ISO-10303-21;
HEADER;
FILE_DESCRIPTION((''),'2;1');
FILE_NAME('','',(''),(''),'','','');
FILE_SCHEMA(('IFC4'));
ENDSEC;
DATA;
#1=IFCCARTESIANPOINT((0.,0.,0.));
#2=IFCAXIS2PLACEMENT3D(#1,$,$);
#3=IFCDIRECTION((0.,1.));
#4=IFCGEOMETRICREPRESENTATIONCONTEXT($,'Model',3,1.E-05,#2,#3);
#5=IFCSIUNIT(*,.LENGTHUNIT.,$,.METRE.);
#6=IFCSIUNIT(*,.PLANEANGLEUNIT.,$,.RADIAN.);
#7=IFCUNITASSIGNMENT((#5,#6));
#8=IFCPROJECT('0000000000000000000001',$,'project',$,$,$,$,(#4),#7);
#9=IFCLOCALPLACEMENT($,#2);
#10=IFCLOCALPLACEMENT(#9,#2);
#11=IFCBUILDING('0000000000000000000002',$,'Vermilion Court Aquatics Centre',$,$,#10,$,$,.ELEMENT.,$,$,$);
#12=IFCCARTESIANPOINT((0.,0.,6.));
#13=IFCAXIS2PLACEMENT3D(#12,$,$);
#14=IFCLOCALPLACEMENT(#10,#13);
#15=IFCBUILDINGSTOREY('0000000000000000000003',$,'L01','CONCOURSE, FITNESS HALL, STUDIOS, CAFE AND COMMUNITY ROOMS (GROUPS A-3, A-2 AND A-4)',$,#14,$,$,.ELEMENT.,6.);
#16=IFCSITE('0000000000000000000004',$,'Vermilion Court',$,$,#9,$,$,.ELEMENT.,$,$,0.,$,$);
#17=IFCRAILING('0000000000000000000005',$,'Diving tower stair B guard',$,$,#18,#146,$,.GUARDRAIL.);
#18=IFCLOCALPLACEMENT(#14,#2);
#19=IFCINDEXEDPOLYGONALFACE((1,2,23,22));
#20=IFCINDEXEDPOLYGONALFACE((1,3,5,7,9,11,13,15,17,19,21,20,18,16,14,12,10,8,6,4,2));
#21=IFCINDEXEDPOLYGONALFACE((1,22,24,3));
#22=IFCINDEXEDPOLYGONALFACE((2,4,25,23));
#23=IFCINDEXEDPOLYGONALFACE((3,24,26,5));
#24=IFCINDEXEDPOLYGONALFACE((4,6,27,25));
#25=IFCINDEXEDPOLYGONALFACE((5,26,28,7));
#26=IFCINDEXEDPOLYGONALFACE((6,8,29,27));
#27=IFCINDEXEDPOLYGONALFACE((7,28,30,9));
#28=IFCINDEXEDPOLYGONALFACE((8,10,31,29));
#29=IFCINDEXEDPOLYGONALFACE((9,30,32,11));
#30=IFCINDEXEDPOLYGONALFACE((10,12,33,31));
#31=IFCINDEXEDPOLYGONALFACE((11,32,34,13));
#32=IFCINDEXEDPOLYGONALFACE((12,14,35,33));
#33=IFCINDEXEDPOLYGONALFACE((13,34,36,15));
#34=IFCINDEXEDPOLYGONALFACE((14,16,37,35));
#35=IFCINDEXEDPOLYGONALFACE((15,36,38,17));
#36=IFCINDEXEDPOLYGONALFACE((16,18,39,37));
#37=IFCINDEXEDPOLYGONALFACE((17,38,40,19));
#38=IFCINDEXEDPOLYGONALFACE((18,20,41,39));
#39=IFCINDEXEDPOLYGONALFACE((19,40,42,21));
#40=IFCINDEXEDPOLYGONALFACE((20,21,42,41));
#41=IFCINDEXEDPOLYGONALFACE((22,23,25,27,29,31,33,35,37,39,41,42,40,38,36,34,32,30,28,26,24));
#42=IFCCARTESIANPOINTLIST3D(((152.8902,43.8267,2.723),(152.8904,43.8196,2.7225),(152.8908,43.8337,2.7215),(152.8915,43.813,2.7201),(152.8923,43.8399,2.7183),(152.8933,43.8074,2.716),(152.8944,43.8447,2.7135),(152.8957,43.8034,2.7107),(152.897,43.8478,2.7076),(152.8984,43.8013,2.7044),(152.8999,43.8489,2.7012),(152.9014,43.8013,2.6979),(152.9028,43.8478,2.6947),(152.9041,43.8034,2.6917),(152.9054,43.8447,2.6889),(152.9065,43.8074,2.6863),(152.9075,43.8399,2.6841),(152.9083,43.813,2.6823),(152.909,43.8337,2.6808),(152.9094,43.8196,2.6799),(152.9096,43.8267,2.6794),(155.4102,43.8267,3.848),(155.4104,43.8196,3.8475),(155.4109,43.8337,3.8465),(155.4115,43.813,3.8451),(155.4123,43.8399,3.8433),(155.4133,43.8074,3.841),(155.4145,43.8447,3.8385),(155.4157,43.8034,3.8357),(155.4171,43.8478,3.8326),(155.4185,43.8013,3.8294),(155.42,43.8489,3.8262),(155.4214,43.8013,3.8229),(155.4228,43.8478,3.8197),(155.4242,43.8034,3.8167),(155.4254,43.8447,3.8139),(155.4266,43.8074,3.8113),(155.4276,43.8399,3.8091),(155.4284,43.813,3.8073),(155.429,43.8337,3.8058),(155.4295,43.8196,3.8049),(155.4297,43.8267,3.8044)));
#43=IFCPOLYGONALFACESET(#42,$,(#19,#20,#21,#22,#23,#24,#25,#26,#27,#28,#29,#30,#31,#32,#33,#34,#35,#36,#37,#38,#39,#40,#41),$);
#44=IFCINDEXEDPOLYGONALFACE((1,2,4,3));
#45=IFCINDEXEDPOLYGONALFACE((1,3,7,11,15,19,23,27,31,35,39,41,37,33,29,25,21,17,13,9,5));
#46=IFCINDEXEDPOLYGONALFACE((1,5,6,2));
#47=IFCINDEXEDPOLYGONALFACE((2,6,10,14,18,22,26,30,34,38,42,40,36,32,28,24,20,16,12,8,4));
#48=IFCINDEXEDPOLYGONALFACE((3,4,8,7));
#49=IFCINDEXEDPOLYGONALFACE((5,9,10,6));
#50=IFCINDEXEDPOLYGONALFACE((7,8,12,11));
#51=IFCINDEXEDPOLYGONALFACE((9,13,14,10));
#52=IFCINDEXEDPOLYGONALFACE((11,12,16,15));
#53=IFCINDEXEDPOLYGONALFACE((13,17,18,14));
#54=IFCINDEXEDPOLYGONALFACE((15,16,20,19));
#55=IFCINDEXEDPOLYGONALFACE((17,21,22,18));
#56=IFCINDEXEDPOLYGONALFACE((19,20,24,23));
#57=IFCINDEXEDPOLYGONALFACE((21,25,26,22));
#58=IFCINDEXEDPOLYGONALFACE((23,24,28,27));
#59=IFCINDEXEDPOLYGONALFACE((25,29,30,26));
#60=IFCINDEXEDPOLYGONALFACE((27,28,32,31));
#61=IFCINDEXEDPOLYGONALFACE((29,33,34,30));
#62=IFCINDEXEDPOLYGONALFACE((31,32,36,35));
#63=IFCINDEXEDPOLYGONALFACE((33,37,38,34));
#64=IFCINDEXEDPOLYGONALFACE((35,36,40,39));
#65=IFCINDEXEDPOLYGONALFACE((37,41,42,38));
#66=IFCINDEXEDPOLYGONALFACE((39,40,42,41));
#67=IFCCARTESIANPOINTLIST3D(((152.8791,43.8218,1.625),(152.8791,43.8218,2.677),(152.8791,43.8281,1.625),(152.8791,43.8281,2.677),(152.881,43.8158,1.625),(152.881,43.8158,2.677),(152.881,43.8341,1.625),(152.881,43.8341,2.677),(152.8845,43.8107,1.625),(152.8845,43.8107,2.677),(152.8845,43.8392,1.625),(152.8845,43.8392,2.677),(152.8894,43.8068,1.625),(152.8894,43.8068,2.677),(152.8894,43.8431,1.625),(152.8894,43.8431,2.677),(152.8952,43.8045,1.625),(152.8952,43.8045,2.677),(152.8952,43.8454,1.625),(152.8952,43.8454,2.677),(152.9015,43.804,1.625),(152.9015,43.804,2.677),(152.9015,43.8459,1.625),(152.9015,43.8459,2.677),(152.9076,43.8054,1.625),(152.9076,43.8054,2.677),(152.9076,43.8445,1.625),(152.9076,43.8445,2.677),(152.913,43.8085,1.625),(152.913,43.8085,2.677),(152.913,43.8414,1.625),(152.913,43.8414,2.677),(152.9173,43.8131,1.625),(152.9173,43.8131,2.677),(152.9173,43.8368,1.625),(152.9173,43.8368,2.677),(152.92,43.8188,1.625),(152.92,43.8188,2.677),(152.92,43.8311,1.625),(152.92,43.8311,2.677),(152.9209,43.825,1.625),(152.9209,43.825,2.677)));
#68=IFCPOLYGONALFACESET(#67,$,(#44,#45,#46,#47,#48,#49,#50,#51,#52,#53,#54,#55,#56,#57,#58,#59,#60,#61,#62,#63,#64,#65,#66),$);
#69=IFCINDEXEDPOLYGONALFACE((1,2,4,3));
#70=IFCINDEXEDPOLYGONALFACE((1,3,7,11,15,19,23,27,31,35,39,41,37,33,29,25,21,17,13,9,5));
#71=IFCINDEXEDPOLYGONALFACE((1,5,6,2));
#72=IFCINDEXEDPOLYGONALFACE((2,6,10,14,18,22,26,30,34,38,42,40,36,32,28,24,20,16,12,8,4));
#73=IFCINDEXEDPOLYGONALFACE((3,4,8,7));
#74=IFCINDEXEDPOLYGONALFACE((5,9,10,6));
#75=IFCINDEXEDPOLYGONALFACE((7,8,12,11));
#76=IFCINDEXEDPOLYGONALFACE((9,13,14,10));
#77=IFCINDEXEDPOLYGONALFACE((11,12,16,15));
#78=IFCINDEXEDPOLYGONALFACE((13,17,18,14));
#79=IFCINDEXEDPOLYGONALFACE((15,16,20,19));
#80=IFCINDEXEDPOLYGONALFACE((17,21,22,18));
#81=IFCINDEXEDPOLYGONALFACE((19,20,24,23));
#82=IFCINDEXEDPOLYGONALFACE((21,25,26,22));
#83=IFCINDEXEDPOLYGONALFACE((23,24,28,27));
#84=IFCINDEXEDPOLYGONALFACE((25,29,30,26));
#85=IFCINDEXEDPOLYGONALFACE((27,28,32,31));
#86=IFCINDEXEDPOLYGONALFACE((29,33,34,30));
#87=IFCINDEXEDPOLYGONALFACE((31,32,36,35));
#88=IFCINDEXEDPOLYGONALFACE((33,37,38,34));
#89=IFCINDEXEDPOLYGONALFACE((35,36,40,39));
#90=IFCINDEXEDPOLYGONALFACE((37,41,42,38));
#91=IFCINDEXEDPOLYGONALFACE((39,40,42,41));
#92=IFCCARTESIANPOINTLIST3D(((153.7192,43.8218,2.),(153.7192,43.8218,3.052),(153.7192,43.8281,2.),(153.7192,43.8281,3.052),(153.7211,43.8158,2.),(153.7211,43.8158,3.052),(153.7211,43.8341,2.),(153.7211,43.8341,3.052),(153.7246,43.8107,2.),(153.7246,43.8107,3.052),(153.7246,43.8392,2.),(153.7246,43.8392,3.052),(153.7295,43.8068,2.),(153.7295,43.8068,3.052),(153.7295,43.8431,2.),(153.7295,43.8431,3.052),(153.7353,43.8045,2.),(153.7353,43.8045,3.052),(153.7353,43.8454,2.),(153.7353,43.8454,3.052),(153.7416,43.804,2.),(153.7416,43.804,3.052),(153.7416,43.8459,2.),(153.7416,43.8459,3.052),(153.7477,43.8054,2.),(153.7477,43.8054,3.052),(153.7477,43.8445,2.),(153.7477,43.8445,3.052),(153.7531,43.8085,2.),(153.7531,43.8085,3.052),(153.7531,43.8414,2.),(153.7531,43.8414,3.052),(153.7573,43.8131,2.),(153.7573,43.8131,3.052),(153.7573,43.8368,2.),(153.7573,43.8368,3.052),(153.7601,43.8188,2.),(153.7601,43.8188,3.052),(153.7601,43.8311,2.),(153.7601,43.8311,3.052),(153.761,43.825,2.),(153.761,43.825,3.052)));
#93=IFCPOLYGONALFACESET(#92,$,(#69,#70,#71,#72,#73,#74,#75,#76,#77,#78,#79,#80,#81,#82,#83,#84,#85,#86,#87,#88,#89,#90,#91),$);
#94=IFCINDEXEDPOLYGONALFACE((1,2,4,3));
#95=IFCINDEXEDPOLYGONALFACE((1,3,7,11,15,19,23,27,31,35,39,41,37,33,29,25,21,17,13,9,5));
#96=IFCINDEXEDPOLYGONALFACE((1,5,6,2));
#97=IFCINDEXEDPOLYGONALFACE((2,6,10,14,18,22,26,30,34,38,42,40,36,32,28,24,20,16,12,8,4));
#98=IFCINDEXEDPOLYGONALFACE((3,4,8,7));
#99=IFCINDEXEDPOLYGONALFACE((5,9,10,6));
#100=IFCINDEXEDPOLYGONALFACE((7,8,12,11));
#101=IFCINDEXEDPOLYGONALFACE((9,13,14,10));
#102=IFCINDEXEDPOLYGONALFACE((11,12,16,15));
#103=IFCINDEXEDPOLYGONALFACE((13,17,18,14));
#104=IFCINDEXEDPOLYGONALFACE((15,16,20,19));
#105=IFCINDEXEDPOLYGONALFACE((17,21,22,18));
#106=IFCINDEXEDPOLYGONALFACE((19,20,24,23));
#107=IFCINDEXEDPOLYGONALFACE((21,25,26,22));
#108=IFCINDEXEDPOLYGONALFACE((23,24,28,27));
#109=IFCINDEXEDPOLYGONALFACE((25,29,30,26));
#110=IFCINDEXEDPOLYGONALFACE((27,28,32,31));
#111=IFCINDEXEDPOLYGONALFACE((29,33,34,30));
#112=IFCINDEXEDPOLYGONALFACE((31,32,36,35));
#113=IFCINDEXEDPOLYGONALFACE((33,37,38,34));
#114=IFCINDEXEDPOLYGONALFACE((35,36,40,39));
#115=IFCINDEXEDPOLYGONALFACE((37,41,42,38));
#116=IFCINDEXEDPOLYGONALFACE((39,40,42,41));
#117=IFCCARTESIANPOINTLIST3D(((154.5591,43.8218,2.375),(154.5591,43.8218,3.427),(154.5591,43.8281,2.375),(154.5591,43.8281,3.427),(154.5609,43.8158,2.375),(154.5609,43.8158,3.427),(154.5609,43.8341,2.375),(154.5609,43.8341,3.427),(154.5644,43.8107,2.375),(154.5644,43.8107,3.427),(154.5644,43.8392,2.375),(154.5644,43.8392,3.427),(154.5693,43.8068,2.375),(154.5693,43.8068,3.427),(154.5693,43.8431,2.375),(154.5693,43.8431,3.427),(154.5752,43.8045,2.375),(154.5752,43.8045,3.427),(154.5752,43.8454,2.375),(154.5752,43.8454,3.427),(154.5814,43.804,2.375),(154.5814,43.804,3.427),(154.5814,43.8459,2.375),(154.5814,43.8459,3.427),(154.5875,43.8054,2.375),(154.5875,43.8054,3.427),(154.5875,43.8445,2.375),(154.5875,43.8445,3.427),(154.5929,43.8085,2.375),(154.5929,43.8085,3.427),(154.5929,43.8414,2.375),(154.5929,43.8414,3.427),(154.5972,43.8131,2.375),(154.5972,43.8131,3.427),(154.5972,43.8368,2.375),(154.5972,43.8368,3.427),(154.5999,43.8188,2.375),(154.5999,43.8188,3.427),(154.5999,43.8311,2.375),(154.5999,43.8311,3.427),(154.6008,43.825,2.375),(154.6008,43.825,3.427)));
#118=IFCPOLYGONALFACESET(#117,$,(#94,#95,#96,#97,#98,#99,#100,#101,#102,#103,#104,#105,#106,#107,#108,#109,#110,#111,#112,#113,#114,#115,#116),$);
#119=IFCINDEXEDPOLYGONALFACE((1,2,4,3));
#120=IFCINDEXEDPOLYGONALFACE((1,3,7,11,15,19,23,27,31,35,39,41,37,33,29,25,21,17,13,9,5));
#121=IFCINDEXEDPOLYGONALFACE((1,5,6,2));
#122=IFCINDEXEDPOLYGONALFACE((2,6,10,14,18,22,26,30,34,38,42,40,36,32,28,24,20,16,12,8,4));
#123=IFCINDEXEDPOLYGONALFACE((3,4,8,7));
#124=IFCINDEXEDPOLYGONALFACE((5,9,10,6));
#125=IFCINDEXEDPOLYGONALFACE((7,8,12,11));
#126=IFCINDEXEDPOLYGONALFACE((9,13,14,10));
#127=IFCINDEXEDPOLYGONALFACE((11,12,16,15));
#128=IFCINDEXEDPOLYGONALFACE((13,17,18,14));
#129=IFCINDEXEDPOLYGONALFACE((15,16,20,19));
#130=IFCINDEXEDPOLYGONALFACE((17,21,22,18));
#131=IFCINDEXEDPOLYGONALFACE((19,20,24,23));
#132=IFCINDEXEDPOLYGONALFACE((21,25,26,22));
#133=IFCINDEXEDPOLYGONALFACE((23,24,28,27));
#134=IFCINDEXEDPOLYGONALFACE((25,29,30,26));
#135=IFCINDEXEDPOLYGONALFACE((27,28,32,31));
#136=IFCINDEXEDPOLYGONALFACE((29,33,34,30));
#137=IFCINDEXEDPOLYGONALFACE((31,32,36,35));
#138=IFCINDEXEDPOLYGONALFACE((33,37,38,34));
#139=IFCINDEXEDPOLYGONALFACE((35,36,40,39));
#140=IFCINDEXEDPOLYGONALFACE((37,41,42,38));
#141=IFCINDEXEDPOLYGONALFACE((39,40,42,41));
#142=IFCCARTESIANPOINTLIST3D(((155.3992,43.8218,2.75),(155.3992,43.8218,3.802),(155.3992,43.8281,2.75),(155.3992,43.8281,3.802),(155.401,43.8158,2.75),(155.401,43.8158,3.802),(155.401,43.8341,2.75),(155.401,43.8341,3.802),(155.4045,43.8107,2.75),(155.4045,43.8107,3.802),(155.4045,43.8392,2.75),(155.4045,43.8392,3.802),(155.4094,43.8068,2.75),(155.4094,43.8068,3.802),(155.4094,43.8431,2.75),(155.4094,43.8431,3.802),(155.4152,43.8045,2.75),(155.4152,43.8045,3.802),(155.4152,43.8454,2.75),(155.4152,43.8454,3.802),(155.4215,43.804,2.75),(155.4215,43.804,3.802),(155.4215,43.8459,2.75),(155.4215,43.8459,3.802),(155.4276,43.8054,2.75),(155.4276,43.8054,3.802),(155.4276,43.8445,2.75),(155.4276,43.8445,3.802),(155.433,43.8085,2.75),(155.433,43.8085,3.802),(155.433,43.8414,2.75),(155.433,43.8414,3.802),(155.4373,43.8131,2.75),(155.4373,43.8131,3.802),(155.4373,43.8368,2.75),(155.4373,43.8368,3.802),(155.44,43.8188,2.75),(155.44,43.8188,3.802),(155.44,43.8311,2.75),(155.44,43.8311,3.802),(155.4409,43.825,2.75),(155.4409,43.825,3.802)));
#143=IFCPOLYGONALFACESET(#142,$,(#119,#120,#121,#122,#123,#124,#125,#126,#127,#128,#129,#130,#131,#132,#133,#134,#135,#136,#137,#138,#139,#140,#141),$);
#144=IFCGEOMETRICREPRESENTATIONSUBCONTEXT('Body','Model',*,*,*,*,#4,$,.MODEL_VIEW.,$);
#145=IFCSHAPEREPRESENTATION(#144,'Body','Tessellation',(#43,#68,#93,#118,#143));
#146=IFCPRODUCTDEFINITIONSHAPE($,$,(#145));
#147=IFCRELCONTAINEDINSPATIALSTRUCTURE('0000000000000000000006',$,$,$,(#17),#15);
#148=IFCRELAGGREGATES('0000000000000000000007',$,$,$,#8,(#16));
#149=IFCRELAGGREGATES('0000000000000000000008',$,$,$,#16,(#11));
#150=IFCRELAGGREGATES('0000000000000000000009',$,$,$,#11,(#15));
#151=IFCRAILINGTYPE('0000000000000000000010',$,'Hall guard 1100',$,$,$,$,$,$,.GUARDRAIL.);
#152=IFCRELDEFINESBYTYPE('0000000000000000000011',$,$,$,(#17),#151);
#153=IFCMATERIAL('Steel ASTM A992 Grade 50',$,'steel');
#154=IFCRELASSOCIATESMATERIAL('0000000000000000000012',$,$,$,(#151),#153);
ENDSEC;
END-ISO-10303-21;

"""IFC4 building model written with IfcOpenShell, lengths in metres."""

from ifc_helpers import new_model, si_unit, direction, frame, origin, origin_2d, place, context, subcontext, project, spatial, circle, extrude, material, type_object, element, save


model = new_model("IFC4")

# Units and contexts
model_context = context("Model", 3, precision=1e-05, world=origin(), true_north=direction((0.0, 1.0)))
body_context = subcontext(model_context, "Body", "Model", "MODEL_VIEW")
ifc_project = project(units=[si_unit("LENGTHUNIT", "METRE"), si_unit("PLANEANGLEUNIT", "RADIAN")], contexts=[model_context])

# Site, building, storey
site_placement = place(None, origin())
site = spatial("IfcSite", under=ifc_project, at=site_placement, Name="Vermilion Court", CompositionType="ELEMENT", RefElevation=0.0)
building_placement = place(site_placement, origin())
building = spatial("IfcBuilding", under=site, at=building_placement, Name="Vermilion Court Aquatics Centre", CompositionType="ELEMENT")
storey_placement = place(building_placement, frame((0.0, 0.0, 6.0)))
storey = spatial("IfcBuildingStorey", under=building, at=storey_placement, Name="L01", Description="CONCOURSE, FITNESS HALL, STUDIOS, CAFE AND COMMUNITY ROOMS (GROUPS A-3, A-2 AND A-4)", CompositionType="ELEMENT", Elevation=6.0)

# Railing
ifc_material_1 = material(Name="Steel ASTM A992 Grade 50", Category="steel")
railing_type_1 = type_object("IfcRailingType", Name="Hall guard 1100", PredefinedType="GUARDRAIL", material=ifc_material_1)
for number, where, name in (
    (1, (152.8999, 43.825, 1.625), "Diving tower stair B guard"),
):
    element("IfcRailing", number, at=place(storey_placement, frame(where)), inside=storey, type_object=railing_type_1, Name=name, PredefinedType="GUARDRAIL", context=body_context, shape_type="SweptSolid", body=[
        extrude(circle(Radius=0.0239, at=origin_2d()), frame((0.0, 0.0, 1.0762), z_axis=(0.913139, 0.0, 0.407648), x_axis=(0.0, 1.0, 0.0)), (0.0, 0.0, 1.0), 2.7598),
        extrude(circle(Radius=0.021, at=origin_2d()), origin(), (0.0, 0.0, 1.0), 1.052),
        extrude(circle(Radius=0.021, at=origin_2d()), frame((0.8401, 0.0, 0.375)), (0.0, 0.0, 1.0), 1.052),
        extrude(circle(Radius=0.021, at=origin_2d()), frame((1.6799, 0.0, 0.75)), (0.0, 0.0, 1.0), 1.052),
        extrude(circle(Radius=0.021, at=origin_2d()), frame((2.52, 0.0, 1.125)), (0.0, 0.0, 1.0), 1.052),
    ])

save(model, "model.ifc")
